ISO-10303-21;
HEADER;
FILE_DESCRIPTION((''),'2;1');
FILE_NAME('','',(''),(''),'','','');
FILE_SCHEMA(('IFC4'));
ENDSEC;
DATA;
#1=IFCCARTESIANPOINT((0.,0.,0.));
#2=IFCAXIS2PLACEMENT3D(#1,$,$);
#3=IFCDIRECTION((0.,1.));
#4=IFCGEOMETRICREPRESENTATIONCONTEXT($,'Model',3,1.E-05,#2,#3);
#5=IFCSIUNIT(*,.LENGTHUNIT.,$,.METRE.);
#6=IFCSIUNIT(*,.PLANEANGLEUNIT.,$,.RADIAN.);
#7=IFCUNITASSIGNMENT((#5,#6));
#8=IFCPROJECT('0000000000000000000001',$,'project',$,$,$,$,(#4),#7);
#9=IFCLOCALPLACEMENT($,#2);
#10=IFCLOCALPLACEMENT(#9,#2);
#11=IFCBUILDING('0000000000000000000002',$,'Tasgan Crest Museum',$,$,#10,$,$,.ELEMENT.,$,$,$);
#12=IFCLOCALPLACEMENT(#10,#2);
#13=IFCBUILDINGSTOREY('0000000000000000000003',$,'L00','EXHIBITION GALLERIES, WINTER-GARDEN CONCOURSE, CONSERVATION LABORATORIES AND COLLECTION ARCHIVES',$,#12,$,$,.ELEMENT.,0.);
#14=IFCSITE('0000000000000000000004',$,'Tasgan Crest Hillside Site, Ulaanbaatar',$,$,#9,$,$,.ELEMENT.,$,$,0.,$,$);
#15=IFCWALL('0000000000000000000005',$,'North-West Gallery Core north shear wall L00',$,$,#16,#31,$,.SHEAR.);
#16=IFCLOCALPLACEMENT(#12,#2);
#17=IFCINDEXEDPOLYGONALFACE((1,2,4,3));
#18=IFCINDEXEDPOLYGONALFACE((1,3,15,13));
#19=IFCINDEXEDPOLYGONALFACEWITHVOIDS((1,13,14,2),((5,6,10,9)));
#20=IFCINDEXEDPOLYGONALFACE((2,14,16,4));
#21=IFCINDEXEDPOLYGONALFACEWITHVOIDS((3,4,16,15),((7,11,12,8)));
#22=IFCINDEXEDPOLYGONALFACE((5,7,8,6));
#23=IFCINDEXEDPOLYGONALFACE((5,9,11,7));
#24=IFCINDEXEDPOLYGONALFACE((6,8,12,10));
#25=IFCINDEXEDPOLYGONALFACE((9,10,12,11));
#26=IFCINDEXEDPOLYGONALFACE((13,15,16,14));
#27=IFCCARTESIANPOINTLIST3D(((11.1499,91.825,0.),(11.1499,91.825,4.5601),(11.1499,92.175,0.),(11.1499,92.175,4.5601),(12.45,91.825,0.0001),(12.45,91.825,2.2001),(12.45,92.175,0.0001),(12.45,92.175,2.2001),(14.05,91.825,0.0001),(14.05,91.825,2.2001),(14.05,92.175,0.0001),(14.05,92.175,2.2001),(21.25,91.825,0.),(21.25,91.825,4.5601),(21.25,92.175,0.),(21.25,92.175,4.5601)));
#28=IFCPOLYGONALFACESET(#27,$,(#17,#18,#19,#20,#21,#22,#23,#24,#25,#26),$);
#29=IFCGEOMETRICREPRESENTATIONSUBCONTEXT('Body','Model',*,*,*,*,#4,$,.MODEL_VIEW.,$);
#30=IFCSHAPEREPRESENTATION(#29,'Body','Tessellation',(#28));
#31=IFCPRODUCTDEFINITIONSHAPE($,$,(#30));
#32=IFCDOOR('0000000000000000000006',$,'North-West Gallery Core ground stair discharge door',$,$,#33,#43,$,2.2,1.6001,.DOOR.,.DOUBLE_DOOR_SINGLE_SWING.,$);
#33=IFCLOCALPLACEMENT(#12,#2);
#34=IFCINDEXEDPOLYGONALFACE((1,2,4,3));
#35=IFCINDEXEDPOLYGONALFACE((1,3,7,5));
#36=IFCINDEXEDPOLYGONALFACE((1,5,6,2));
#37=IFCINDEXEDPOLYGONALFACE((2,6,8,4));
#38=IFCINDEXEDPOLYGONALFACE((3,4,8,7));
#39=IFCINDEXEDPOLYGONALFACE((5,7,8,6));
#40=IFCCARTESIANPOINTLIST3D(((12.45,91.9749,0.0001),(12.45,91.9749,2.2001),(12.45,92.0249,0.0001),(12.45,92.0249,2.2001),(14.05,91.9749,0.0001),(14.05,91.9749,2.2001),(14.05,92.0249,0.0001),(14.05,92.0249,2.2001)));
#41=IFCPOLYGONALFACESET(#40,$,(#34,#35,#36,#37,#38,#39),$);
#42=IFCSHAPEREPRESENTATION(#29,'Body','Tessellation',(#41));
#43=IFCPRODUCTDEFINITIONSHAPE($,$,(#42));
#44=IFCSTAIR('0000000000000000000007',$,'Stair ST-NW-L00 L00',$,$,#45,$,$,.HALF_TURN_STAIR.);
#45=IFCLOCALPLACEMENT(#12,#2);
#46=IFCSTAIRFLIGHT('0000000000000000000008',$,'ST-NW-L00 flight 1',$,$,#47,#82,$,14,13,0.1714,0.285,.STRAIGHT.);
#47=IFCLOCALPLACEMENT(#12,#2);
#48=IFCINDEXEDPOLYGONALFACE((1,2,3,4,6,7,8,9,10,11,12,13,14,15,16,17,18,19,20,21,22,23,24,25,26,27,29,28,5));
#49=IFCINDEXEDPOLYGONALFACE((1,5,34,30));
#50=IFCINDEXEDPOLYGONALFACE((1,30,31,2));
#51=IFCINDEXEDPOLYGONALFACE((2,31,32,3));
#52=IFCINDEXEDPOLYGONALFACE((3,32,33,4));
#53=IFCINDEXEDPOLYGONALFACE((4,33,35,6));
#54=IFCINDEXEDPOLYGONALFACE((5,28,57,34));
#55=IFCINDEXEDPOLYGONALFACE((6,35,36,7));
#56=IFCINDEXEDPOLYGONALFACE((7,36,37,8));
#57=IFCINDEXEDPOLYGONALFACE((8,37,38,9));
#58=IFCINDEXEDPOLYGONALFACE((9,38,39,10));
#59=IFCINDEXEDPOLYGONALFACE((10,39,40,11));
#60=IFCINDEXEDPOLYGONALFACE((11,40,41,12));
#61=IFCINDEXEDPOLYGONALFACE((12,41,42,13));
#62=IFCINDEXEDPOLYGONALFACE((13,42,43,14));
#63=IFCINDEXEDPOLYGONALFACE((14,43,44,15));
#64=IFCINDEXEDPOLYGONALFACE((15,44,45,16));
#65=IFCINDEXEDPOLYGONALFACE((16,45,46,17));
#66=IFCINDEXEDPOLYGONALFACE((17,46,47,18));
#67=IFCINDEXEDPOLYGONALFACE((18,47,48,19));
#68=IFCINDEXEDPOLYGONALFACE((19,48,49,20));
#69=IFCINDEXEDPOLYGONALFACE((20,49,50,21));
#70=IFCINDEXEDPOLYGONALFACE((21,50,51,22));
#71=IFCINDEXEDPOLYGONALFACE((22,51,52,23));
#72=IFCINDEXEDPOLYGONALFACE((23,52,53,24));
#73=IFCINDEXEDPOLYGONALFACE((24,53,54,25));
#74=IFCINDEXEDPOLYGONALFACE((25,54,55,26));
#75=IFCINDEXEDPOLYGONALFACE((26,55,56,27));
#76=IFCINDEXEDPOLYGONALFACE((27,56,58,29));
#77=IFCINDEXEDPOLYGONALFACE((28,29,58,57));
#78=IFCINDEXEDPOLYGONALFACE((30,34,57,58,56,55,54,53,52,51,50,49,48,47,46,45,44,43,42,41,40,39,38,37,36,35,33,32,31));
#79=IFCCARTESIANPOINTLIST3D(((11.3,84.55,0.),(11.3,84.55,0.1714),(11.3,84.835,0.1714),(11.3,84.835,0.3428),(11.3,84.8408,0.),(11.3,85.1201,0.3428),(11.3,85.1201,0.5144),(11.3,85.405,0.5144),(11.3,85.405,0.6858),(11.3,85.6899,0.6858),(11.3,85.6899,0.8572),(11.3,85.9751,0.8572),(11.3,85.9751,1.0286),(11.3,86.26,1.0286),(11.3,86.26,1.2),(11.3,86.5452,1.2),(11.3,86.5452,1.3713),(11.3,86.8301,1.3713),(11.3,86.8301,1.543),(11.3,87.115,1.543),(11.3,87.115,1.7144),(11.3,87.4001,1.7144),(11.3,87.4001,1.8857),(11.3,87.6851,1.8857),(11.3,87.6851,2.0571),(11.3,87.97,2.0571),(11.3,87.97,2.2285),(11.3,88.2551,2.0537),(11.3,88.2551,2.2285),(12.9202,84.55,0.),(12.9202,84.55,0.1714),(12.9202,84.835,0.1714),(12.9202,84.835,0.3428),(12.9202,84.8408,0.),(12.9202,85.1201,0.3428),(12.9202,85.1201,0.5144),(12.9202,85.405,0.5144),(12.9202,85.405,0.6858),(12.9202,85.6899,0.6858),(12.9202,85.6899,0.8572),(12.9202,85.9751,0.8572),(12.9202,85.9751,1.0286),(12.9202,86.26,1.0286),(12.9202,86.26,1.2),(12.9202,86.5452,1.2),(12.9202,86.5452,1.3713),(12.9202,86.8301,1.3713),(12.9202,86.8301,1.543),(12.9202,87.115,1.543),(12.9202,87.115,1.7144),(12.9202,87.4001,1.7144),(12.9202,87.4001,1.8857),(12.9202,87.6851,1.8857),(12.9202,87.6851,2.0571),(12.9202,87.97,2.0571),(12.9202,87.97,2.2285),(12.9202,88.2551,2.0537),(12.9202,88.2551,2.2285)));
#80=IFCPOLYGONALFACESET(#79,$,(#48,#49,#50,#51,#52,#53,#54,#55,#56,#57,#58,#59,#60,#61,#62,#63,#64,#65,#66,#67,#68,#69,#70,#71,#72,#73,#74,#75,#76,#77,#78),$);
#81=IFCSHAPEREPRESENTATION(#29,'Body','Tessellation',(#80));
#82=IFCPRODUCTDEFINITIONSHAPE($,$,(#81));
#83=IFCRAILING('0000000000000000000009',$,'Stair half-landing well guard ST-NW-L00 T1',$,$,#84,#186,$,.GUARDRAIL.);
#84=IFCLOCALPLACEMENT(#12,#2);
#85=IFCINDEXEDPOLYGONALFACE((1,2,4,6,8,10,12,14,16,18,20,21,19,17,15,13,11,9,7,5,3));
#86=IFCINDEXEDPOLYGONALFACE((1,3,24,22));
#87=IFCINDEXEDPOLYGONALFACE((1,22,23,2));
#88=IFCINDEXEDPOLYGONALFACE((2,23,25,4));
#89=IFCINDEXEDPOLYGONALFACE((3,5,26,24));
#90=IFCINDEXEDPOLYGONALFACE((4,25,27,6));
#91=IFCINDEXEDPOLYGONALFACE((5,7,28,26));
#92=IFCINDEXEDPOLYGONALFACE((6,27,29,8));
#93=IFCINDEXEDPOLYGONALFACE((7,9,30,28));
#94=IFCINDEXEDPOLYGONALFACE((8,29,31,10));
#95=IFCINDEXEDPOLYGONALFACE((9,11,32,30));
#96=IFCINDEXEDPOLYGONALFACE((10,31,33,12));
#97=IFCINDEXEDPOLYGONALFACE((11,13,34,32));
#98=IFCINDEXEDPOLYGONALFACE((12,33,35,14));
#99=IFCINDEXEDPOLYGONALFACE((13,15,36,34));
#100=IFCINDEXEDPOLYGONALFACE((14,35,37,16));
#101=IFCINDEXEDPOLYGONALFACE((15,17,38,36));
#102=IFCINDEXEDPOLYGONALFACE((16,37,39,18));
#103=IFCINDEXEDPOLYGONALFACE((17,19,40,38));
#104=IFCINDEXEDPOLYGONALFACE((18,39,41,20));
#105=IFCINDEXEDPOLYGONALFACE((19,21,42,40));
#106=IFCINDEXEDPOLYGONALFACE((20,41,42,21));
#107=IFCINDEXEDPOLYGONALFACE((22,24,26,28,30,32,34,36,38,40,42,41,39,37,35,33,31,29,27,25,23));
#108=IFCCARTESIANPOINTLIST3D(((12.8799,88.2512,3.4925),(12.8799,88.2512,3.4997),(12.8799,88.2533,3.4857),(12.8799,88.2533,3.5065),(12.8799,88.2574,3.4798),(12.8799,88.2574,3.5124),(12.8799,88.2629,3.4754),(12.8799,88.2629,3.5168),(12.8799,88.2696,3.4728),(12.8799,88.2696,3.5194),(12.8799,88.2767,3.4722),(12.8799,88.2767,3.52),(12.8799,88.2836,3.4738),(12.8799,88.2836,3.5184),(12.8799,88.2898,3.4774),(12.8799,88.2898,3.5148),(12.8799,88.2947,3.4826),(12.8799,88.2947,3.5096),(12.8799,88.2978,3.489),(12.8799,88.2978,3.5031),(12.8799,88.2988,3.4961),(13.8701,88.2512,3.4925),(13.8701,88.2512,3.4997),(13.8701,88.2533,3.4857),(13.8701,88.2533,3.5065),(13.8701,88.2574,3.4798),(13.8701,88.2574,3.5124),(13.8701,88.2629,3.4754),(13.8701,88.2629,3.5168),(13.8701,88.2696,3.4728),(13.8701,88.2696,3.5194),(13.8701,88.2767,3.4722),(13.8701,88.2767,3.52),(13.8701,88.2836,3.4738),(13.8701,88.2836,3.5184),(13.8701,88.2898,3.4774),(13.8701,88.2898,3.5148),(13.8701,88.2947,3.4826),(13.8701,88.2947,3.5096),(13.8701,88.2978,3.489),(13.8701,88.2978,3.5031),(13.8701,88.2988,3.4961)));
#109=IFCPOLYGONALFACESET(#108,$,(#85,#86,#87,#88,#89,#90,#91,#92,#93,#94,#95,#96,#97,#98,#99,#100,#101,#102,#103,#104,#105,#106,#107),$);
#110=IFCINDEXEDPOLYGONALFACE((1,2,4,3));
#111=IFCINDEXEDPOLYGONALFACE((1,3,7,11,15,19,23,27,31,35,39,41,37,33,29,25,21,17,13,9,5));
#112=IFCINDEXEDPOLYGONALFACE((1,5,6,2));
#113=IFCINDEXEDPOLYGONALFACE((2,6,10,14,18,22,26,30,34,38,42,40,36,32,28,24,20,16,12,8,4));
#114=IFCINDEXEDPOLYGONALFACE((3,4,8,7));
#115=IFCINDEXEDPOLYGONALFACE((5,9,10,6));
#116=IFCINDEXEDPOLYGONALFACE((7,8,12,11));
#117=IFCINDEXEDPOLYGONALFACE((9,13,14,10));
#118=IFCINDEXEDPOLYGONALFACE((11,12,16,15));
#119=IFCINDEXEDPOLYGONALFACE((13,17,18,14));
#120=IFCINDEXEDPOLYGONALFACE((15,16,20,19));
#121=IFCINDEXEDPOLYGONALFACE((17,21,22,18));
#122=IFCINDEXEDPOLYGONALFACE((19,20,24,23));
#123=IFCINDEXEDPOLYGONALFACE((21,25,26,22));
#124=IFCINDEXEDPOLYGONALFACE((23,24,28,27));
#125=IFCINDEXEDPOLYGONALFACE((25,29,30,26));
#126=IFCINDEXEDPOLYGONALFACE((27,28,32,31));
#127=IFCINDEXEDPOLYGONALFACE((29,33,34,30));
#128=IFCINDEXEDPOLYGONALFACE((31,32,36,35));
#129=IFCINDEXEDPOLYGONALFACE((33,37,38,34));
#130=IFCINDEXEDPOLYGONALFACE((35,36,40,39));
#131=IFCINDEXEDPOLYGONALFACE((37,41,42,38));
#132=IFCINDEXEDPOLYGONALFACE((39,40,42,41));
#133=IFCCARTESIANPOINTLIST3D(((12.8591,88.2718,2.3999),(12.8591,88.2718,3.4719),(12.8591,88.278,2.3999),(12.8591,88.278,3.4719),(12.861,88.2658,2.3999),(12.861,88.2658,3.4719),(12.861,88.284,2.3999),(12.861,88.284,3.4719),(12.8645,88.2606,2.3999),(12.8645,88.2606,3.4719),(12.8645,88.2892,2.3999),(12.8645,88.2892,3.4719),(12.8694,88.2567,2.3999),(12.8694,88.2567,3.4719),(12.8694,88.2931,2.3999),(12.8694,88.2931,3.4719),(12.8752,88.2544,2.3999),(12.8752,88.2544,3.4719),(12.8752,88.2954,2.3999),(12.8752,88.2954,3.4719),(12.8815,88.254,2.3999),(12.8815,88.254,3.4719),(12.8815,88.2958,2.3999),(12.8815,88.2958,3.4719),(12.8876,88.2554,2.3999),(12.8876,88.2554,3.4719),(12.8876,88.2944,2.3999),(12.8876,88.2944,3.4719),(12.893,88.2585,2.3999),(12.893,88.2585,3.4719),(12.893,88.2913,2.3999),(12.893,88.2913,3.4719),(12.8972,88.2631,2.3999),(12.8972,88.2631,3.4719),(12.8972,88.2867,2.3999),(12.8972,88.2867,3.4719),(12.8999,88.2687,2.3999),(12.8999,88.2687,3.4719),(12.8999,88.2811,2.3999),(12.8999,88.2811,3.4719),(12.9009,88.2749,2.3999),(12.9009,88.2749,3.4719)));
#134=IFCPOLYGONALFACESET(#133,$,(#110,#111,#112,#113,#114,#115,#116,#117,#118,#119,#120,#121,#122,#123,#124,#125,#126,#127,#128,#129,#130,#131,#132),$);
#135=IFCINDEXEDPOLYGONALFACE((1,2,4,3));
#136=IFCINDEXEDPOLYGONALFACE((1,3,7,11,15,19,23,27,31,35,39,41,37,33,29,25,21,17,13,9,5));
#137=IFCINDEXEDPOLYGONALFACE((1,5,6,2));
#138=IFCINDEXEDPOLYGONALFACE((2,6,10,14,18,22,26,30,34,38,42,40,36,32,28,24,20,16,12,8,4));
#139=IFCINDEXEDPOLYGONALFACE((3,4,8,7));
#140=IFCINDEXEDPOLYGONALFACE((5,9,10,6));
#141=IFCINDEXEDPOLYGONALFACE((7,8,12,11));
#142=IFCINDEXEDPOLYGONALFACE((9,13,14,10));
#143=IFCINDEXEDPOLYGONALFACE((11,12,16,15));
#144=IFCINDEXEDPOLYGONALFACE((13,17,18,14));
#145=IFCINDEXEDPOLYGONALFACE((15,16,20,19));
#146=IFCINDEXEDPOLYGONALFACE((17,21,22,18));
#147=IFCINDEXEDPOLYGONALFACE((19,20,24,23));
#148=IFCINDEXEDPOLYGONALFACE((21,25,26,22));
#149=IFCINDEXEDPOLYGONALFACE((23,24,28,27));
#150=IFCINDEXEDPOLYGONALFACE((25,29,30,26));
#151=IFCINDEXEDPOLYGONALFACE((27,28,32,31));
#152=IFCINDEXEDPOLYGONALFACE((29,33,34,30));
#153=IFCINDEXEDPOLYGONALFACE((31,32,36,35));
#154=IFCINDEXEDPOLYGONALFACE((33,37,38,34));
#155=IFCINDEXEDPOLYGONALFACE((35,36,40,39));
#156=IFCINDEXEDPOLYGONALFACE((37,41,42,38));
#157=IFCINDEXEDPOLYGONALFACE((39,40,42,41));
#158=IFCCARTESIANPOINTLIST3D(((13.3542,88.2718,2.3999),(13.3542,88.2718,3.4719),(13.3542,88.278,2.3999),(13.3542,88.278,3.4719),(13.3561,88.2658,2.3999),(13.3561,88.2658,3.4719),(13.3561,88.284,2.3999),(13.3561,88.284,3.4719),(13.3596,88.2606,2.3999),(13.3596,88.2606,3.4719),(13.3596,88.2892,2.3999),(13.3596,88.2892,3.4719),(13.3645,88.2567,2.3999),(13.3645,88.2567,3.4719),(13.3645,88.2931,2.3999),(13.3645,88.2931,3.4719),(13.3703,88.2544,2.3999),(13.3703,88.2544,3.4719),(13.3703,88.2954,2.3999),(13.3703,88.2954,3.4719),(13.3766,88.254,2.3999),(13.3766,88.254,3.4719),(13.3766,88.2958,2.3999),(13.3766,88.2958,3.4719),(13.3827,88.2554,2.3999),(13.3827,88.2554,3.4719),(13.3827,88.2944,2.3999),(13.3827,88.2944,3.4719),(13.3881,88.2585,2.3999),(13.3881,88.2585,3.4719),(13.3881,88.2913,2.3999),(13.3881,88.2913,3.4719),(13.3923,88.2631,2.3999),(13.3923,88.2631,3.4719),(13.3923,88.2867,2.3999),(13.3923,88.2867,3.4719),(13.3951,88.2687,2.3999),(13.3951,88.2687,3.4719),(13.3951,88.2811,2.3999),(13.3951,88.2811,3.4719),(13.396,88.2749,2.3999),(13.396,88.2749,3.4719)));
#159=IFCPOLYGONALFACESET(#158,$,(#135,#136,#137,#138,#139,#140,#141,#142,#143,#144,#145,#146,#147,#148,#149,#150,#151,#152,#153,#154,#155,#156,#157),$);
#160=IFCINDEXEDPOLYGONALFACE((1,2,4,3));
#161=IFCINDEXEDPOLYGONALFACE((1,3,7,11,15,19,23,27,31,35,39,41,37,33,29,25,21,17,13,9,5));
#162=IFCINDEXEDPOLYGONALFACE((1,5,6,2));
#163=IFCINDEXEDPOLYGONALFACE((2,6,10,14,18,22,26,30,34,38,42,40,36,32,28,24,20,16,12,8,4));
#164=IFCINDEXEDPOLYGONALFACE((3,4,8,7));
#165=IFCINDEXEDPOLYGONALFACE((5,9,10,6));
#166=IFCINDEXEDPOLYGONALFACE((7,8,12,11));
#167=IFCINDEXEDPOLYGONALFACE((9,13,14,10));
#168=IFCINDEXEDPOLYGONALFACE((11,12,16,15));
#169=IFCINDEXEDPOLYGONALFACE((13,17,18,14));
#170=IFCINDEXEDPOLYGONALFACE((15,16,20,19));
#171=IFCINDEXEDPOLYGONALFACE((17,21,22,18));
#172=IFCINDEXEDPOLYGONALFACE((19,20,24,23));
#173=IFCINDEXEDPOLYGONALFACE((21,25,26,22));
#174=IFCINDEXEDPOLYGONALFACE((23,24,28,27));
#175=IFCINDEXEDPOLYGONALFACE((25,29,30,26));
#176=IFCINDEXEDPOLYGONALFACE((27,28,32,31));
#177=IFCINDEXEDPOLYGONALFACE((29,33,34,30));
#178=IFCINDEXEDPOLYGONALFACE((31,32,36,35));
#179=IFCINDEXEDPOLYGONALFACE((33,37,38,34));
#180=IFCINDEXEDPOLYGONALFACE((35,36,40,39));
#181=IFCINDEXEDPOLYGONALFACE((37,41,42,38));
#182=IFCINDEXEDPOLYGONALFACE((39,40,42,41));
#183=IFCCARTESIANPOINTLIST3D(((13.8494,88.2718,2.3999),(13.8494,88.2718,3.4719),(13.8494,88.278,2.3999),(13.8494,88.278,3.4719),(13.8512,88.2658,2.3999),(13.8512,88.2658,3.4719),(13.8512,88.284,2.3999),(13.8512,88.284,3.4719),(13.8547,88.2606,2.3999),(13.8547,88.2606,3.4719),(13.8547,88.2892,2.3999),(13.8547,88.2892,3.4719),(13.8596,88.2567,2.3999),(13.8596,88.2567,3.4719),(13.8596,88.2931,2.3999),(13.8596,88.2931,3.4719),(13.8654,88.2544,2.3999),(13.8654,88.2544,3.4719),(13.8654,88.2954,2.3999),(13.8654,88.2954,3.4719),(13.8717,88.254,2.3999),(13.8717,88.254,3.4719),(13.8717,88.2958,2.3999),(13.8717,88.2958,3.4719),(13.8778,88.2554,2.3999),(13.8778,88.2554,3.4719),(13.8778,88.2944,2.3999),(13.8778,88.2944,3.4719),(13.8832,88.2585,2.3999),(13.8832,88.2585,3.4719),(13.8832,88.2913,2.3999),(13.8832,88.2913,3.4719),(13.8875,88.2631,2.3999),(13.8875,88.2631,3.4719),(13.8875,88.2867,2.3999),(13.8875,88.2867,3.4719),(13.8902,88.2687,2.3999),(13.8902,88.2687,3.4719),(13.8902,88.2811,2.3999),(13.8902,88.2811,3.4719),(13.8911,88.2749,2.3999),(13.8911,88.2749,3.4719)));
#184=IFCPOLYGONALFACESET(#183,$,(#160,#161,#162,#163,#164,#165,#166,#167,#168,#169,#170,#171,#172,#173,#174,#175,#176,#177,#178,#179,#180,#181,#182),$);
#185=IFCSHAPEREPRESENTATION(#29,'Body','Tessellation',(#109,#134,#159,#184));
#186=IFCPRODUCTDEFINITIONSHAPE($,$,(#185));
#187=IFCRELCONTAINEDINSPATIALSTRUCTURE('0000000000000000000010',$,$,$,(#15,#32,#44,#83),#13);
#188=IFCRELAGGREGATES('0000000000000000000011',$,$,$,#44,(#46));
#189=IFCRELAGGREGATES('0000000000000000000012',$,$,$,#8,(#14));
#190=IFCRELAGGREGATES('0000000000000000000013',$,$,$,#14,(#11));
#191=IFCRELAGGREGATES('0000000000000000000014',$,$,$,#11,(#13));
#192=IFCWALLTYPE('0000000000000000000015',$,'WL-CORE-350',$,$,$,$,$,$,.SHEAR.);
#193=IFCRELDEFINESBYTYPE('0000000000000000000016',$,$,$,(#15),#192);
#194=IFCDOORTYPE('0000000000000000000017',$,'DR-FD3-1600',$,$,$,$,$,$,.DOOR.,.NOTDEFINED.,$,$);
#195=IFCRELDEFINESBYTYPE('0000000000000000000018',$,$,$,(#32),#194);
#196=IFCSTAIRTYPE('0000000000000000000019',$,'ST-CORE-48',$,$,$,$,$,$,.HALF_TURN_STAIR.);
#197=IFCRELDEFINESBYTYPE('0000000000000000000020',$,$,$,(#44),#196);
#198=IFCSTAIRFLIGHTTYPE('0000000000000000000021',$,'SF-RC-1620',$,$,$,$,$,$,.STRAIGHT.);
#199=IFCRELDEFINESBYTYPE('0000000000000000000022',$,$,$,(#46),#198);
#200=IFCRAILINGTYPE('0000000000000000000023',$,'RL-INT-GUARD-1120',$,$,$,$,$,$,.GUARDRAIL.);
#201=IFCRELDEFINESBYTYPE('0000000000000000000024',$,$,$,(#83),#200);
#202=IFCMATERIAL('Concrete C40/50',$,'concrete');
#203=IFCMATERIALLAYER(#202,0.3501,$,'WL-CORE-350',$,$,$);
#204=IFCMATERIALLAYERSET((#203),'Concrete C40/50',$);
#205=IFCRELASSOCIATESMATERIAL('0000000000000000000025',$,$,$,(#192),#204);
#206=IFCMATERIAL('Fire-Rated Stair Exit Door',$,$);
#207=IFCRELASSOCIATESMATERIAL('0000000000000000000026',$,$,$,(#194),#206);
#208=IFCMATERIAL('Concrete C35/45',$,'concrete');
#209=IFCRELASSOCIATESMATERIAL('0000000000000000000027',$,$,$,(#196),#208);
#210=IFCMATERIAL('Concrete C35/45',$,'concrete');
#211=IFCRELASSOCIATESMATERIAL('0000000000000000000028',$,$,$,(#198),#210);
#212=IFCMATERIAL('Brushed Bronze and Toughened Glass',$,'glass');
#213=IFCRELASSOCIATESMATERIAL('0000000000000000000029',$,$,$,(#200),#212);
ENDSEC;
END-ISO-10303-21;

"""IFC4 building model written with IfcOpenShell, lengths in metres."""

from ifc_helpers import new_model, si_unit, direction, frame, frame_2d, origin, origin_2d, place, context, subcontext, project, spatial, polyline, rectangle, circle, outline, extrude, material, layer, layer_set, type_object, element, fill, aggregate, save


model = new_model("IFC4")

# Units and contexts
model_context = context("Model", 3, precision=1e-05, world=origin(), true_north=direction((0.0, 1.0)))
body_context = subcontext(model_context, "Body", "Model", "MODEL_VIEW")
ifc_project = project(units=[si_unit("LENGTHUNIT", "METRE"), si_unit("PLANEANGLEUNIT", "RADIAN")], contexts=[model_context])

# Site, building, storey
site_placement = place(None, origin())
site = spatial("IfcSite", under=ifc_project, at=site_placement, Name="Tasgan Crest Hillside Site, Ulaanbaatar", CompositionType="ELEMENT", RefElevation=0.0)
building_placement = place(site_placement, origin())
building = spatial("IfcBuilding", under=site, at=building_placement, Name="Tasgan Crest Museum", CompositionType="ELEMENT")
storey_placement = place(building_placement, origin())
storey = spatial("IfcBuildingStorey", under=building, at=storey_placement, Name="L00", Description="EXHIBITION GALLERIES, WINTER-GARDEN CONCOURSE, CONSERVATION LABORATORIES AND COLLECTION ARCHIVES", CompositionType="ELEMENT", Elevation=0.0)

# Wall, opening, door
ifc_material_1 = material(Name="Concrete C40/50", Category="concrete")
ifc_layer_1 = layer(ifc_material_1, 0.3501, Name="WL-CORE-350")
ifc_layer_set_1 = layer_set([ifc_layer_1], Name="Concrete C40/50")
wall_type = type_object("IfcWallType", Name="WL-CORE-350", PredefinedType="SHEAR", material=ifc_layer_set_1)
wall_placement = place(storey_placement, frame((11.1499, 92.0, 0.0), z_axis=(0.0, 0.0, 1.0), x_axis=(1.0, 0.0, 0.0)))
wall = element("IfcWall", 1, at=wall_placement, inside=storey, type_object=wall_type, Name="North-West Gallery Core north shear wall L00", PredefinedType="SHEAR", context=body_context, shape_type="SweptSolid", body=[
    extrude(rectangle(XDim=10.1001, YDim=0.3501, at=frame_2d((5.05, 0.0))), origin(), (0.0, 0.0, 1.0), 4.5601),
])
opening_placement = place(wall_placement, frame((1.3, 0.0, 0.0)))
opening = element("IfcOpeningElement", 2, at=opening_placement, cuts=wall, PredefinedType="OPENING", context=body_context, shape_type="SweptSolid", body=[
    extrude(rectangle(XDim=1.6001, YDim=2.2, at=frame_2d((0.8, 1.1001))), frame((0.0, 0.1851, 0.0), z_axis=(0.0, -1.0, 0.0), x_axis=(1.0, 0.0, 0.0)), (0.0, 0.0, 1.0), 0.3701),
])
ifc_material_2 = material(Name="Fire-Rated Stair Exit Door")
door_type = type_object("IfcDoorType", Name="DR-FD3-1600", OperationType="NOTDEFINED", PredefinedType="DOOR", material=ifc_material_2)
door_placement = place(opening_placement, origin())
door = element("IfcDoor", 3, at=door_placement, inside=storey, type_object=door_type, Name="North-West Gallery Core ground stair discharge door", OperationType="DOUBLE_DOOR_SINGLE_SWING", OverallHeight=2.2, OverallWidth=1.6001, PredefinedType="DOOR", context=body_context, shape_type="SweptSolid", body=[
    extrude(rectangle(XDim=1.6001, YDim=2.2, at=frame_2d((0.8, 1.1001))), frame((0.0, 0.0249, 0.0), z_axis=(0.0, -1.0, 0.0), x_axis=(1.0, 0.0, 0.0)), (0.0, 0.0, 1.0), 0.05),
])
fill(opening, door)

# Stair, stair flight
ifc_material_3 = material(Name="Concrete C35/45", Category="concrete")
stair_type = type_object("IfcStairType", Name="ST-CORE-48", PredefinedType="HALF_TURN_STAIR", material=ifc_material_3)
stair_placement = place(storey_placement, origin())
stair = element("IfcStair", 4, at=stair_placement, inside=storey, type_object=stair_type, Name="Stair ST-NW-L00 L00", PredefinedType="HALF_TURN_STAIR")
ifc_material_4 = material(Name="Concrete C35/45", Category="concrete")
stair_flight_type = type_object("IfcStairFlightType", Name="SF-RC-1620", PredefinedType="STRAIGHT", material=ifc_material_4)
stair_flight_placement = place(storey_placement, frame((12.1101, 84.55, 0.0), z_axis=(0.0, 0.0, 1.0), x_axis=(0.0, 1.0, 0.0)))
stair_flight = element("IfcStairFlight", 5, at=stair_flight_placement, type_object=stair_flight_type, Name="ST-NW-L00 flight 1", NumberOfRisers=14, NumberOfTreads=13, PredefinedType="STRAIGHT", RiserHeight=0.1714, TreadLength=0.285, context=body_context, shape_type="SweptSolid", body=[
    extrude(outline(polyline([(0.0, 0.0), (0.0, 0.1714), (0.2849, 0.1714), (0.2849, 0.3428), (0.5701, 0.3428), (0.5701, 0.5144), (0.855, 0.5144), (0.855, 0.6858), (1.1399, 0.6858), (1.1399, 0.8572), (1.425, 0.8572), (1.425, 1.0286), (1.71, 1.0286), (1.71, 1.2), (1.9951, 1.2), (1.9951, 1.3713), (2.28, 1.3713), (2.28, 1.543), (2.5649, 1.543), (2.5649, 1.7144), (2.8501, 1.7144), (2.8501, 1.8857), (3.135, 1.8857), (3.135, 2.0571), (3.4199, 2.0571), (3.4199, 2.2285), (3.7051, 2.2285), (3.7051, 2.3999), (3.7051, 2.0537), (0.2908, 0.0), (0.0, 0.0)])), frame((0.0, 0.8101, 0.0), z_axis=(0.0, -1.0, 0.0), x_axis=(1.0, 0.0, 0.0)), (0.0, 0.0, 1.0), 1.6201),
])
aggregate(stair, [stair_flight])

# Railing
ifc_material_5 = material(Name="Brushed Bronze and Toughened Glass", Category="glass")
railing_type_1 = type_object("IfcRailingType", Name="RL-INT-GUARD-1120", PredefinedType="GUARDRAIL", material=ifc_material_5)
railing_1_placement = place(storey_placement, frame((12.8799, 88.2749, 2.3999)))
element("IfcRailing", 6, at=railing_1_placement, inside=storey, type_object=railing_type_1, Name="Stair half-landing well guard ST-NW-L00 T1", PredefinedType="GUARDRAIL", context=body_context, shape_type="SweptSolid", body=[
    extrude(circle(Radius=0.0239, at=origin_2d()), frame((0.0, 0.0, 1.0962), z_axis=(1.0, 0.0, 0.0), x_axis=(0.0, 1.0, 0.0)), (0.0, 0.0, 1.0), 0.9902),
    extrude(circle(Radius=0.021, at=origin_2d()), origin(), (0.0, 0.0, 1.0), 1.072),
    extrude(circle(Radius=0.021, at=origin_2d()), frame((0.4951, 0.0, 0.0)), (0.0, 0.0, 1.0), 1.072),
    extrude(circle(Radius=0.021, at=origin_2d()), frame((0.9902, 0.0, 0.0)), (0.0, 0.0, 1.0), 1.072),
])

save(model, "model.ifc")
